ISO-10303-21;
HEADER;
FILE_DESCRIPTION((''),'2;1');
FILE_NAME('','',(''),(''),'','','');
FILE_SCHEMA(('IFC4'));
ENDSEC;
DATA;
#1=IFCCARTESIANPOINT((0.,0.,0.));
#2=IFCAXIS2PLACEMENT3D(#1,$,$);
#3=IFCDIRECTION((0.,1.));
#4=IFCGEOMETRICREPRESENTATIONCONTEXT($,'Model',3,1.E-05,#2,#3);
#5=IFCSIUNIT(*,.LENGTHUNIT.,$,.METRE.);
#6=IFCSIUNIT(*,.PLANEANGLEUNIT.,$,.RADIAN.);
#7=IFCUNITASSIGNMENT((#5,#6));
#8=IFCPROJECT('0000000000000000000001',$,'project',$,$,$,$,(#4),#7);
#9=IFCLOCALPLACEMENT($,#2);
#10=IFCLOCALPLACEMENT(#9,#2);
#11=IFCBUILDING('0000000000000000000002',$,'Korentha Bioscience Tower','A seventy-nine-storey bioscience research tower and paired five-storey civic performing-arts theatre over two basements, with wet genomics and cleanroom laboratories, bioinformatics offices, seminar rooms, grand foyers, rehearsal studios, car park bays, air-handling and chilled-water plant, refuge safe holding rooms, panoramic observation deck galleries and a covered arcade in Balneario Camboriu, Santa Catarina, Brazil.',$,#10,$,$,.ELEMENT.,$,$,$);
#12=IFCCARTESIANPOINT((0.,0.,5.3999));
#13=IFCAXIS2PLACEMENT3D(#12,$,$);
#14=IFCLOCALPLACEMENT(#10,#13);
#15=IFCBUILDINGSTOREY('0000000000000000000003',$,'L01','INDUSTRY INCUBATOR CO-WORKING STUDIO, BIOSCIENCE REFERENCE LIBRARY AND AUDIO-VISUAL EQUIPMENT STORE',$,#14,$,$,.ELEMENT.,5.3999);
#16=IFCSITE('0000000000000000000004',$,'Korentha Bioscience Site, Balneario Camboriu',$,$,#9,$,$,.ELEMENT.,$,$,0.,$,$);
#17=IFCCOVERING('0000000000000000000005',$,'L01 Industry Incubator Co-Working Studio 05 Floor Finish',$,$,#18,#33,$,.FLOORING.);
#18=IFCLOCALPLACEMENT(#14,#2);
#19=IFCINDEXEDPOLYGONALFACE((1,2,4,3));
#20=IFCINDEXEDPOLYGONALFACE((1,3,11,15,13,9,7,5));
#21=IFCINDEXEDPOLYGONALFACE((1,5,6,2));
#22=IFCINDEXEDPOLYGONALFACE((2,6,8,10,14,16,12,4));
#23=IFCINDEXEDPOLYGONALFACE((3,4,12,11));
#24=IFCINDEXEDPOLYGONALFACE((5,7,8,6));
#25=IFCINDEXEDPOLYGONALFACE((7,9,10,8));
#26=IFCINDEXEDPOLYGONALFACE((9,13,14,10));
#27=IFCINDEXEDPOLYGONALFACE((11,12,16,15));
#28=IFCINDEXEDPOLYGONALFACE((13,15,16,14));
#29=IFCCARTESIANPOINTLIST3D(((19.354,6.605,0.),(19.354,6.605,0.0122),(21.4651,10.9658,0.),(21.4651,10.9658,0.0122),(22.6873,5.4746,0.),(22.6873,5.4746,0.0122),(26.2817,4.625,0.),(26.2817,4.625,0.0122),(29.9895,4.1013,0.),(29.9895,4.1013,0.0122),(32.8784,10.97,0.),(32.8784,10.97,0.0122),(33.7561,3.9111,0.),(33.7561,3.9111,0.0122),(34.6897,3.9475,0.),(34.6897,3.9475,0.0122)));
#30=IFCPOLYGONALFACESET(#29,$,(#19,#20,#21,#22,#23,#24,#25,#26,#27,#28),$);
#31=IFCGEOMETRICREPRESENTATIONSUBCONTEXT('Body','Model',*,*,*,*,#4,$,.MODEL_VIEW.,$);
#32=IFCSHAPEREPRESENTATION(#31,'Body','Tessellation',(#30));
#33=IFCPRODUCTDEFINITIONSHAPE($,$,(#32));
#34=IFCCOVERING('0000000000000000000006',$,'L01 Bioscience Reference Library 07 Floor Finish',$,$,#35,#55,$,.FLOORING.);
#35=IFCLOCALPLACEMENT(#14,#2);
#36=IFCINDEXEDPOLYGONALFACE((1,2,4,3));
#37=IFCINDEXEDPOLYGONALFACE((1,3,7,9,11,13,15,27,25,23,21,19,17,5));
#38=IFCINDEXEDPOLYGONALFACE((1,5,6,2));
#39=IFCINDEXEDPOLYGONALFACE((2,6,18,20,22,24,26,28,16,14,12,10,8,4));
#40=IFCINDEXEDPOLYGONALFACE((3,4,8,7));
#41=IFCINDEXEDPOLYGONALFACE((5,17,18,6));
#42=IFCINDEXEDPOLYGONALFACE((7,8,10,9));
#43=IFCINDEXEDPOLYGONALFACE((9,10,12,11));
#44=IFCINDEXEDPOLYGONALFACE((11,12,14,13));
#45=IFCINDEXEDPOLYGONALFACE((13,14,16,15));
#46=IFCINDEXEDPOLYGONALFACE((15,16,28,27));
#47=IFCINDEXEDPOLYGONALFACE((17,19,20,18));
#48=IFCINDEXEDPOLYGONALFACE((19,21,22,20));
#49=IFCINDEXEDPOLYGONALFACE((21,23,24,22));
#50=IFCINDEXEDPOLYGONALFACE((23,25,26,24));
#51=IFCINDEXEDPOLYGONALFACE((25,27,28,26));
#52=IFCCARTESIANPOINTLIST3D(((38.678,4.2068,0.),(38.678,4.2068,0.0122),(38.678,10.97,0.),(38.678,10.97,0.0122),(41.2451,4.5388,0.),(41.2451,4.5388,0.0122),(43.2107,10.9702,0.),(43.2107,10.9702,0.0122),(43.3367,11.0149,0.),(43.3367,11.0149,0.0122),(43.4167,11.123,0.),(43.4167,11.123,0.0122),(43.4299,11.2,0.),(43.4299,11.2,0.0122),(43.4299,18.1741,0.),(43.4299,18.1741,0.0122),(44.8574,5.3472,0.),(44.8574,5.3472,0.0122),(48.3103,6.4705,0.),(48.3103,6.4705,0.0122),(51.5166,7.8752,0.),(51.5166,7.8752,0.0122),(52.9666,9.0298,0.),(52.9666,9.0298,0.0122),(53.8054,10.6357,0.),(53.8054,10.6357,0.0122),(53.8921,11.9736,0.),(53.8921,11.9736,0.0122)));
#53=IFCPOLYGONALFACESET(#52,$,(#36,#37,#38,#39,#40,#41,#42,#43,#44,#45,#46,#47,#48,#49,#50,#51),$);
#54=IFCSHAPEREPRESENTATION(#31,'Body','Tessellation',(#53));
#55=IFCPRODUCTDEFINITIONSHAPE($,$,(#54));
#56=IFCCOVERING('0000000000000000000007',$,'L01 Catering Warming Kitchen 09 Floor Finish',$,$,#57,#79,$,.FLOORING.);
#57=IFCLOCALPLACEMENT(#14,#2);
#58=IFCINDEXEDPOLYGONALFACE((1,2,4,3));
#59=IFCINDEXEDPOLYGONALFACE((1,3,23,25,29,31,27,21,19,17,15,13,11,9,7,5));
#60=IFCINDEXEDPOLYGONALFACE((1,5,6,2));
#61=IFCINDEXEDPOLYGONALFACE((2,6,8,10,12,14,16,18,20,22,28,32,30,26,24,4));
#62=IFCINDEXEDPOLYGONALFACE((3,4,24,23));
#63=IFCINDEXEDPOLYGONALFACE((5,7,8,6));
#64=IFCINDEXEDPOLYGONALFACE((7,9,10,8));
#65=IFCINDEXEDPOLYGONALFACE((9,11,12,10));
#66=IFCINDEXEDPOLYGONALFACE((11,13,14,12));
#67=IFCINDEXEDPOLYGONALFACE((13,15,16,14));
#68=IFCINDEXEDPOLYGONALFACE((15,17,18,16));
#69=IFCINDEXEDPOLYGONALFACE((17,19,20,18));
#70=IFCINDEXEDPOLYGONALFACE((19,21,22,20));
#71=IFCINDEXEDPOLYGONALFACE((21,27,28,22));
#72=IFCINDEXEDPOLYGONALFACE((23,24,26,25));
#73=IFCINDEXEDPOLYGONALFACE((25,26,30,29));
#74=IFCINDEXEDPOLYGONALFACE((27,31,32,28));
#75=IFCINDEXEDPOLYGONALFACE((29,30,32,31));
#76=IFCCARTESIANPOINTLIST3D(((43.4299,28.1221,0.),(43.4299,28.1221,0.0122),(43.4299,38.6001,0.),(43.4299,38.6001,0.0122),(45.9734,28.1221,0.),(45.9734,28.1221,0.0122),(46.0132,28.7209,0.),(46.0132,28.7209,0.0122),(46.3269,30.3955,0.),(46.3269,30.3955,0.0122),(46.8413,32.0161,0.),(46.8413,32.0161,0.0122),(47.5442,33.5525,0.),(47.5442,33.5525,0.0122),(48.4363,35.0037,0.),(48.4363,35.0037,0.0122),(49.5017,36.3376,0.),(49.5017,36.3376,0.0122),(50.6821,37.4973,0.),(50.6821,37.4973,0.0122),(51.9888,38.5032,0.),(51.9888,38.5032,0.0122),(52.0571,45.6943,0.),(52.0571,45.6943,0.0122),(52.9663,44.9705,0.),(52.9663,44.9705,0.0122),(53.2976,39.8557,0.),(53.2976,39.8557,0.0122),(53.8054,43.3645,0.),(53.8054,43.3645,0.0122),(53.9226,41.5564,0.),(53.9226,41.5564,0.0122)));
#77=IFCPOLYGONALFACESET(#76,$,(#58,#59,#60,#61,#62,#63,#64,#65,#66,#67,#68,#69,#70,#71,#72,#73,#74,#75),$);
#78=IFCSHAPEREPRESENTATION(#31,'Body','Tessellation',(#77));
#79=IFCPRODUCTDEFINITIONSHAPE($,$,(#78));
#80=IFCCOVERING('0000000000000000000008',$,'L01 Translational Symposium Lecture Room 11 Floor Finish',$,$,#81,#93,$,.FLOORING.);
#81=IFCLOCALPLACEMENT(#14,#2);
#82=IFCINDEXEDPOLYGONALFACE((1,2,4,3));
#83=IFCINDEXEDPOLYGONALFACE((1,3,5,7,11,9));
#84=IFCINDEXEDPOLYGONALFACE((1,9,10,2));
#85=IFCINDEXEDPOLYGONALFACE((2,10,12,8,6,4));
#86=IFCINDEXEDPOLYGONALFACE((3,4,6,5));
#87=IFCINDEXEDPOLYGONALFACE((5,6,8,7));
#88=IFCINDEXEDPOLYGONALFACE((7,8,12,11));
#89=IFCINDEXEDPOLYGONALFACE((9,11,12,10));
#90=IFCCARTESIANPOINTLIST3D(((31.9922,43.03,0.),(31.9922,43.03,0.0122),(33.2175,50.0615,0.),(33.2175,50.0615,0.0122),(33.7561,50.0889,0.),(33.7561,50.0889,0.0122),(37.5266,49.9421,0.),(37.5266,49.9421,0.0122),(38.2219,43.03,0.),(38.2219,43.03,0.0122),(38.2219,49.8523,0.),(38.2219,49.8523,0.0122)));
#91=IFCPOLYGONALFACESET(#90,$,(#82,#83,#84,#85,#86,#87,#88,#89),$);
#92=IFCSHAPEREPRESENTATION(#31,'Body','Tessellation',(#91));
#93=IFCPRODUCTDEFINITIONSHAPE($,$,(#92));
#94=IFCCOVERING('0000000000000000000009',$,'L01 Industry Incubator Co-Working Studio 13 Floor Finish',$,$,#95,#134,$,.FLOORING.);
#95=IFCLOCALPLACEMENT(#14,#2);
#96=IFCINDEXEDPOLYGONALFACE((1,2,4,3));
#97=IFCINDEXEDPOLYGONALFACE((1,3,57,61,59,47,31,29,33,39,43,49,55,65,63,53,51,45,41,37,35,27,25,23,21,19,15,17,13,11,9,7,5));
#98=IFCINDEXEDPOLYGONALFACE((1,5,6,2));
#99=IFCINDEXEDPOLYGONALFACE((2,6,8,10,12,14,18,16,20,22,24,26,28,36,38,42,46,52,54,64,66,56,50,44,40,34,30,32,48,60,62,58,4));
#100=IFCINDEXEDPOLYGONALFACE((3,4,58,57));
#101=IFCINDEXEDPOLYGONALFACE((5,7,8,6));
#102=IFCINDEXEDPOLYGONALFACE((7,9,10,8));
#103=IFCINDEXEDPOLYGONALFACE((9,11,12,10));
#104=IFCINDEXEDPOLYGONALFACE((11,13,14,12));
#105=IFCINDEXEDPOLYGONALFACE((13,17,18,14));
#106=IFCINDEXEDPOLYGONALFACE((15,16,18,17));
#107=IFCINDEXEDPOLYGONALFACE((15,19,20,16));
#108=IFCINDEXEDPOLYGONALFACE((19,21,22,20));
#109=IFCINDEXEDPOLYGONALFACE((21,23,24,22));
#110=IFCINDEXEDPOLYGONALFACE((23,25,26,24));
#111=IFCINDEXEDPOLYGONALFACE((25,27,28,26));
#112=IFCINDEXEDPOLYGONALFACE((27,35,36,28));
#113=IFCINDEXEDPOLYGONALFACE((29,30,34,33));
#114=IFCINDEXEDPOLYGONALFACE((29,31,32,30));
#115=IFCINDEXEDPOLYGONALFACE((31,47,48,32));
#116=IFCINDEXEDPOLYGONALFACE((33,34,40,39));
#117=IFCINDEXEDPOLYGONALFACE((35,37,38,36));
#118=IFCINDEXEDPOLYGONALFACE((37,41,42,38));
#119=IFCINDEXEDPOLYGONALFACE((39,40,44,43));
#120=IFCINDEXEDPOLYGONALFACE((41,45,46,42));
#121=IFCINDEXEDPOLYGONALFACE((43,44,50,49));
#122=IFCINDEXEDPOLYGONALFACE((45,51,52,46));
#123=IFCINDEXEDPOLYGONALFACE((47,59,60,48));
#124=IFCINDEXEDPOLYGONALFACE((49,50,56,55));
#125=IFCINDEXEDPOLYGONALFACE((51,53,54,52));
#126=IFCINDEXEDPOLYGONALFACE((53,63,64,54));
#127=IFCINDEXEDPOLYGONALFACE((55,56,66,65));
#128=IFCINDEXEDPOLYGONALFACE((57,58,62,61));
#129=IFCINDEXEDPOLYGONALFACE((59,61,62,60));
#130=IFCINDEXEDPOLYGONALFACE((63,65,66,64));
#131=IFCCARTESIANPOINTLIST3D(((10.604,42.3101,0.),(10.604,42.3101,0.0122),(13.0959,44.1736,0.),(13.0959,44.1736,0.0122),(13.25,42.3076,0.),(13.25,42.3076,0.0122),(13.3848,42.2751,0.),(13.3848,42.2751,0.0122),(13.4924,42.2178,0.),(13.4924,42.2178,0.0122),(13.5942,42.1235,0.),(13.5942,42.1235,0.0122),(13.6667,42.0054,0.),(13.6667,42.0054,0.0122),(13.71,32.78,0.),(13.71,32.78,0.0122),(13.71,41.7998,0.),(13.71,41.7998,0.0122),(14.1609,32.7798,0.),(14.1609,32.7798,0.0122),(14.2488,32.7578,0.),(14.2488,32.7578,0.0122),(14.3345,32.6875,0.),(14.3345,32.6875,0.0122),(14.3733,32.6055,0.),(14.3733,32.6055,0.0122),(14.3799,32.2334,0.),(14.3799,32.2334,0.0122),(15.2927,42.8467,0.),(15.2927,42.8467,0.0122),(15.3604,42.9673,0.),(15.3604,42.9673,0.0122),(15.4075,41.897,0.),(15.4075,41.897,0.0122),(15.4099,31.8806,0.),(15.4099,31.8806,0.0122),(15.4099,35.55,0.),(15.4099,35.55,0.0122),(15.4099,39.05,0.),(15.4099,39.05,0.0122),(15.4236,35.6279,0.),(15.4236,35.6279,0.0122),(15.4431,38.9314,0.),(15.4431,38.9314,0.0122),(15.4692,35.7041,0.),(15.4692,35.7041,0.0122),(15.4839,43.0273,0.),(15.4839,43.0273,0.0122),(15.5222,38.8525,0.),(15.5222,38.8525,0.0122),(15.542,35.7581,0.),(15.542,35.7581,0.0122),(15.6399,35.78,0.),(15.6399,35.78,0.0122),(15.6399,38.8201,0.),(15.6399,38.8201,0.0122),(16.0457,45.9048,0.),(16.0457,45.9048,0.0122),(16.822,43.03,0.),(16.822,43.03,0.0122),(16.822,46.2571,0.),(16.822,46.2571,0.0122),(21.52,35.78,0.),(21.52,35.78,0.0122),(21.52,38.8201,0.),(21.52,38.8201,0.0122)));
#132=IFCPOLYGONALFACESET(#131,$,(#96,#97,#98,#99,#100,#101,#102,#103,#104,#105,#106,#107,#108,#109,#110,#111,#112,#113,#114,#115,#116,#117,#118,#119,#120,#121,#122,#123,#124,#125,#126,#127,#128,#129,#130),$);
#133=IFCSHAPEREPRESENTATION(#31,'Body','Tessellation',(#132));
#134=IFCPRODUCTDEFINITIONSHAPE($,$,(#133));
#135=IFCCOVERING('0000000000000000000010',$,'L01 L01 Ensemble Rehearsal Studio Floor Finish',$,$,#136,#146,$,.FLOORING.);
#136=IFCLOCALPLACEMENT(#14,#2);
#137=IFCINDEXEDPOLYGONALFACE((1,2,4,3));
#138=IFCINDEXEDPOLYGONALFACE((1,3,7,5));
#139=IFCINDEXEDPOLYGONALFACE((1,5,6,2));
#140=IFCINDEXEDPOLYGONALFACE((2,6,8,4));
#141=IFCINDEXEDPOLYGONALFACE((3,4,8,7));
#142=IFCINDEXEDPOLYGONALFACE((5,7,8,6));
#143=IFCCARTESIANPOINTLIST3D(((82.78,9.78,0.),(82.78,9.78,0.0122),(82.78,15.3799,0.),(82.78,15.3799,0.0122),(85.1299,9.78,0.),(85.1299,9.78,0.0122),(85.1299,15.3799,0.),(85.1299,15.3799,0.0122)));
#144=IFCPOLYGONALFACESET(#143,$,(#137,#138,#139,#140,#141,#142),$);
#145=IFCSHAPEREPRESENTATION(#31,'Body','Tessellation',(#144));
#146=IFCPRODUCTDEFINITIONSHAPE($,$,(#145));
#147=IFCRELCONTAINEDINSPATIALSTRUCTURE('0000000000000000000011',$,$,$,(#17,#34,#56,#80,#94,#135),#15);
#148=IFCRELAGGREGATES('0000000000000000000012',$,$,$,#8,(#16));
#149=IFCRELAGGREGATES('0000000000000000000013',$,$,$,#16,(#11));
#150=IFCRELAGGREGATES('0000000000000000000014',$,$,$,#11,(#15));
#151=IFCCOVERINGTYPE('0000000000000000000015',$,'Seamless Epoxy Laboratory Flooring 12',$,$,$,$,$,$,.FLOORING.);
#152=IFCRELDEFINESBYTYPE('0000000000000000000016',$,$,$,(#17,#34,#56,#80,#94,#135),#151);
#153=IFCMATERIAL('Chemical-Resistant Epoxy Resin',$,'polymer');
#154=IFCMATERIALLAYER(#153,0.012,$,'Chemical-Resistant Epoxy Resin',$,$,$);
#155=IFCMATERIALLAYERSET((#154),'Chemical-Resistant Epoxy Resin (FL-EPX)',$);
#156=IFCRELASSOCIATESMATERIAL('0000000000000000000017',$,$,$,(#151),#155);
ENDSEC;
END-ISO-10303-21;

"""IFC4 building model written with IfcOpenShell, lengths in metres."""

from ifc_helpers import new_model, si_unit, direction, frame, origin, place, context, subcontext, project, spatial, polyline, outline, extrude, material, layer, layer_set, type_object, element, save


model = new_model("IFC4")

# Units and contexts
model_context = context("Model", 3, precision=1e-05, world=origin(), true_north=direction((0.0, 1.0)))
body_context = subcontext(model_context, "Body", "Model", "MODEL_VIEW")
ifc_project = project(units=[si_unit("LENGTHUNIT", "METRE"), si_unit("PLANEANGLEUNIT", "RADIAN")], contexts=[model_context])

# Site, building, storey
site_placement = place(None, origin())
site = spatial("IfcSite", under=ifc_project, at=site_placement, Name="Korentha Bioscience Site, Balneario Camboriu", CompositionType="ELEMENT", RefElevation=0.0)
building_placement = place(site_placement, origin())
building = spatial("IfcBuilding", under=site, at=building_placement, Name="Korentha Bioscience Tower", Description="A seventy-nine-storey bioscience research tower and paired five-storey civic performing-arts theatre over two basements, with wet genomics and cleanroom laboratories, bioinformatics offices, seminar rooms, grand foyers, rehearsal studios, car park bays, air-handling and chilled-water plant, refuge safe holding rooms, panoramic observation deck galleries and a covered arcade in Balneario Camboriu, Santa Catarina, Brazil.", CompositionType="ELEMENT")
storey_placement = place(building_placement, frame((0.0, 0.0, 5.3999)))
storey = spatial("IfcBuildingStorey", under=building, at=storey_placement, Name="L01", Description="INDUSTRY INCUBATOR CO-WORKING STUDIO, BIOSCIENCE REFERENCE LIBRARY AND AUDIO-VISUAL EQUIPMENT STORE", CompositionType="ELEMENT", Elevation=5.3999)

# Coverings
ifc_material_1 = material(Name="Chemical-Resistant Epoxy Resin", Category="polymer")
ifc_layer_1 = layer(ifc_material_1, 0.012, Name="Chemical-Resistant Epoxy Resin")
ifc_layer_set_1 = layer_set([ifc_layer_1], Name="Chemical-Resistant Epoxy Resin (FL-EPX)")
covering_type_1 = type_object("IfcCoveringType", Name="Seamless Epoxy Laboratory Flooring 12", PredefinedType="FLOORING", material=ifc_layer_set_1)
covering_1_placement = place(storey_placement, origin())
element("IfcCovering", 1, at=covering_1_placement, inside=storey, type_object=covering_type_1, Name="L01 Industry Incubator Co-Working Studio 05 Floor Finish", PredefinedType="FLOORING", context=body_context, shape_type="SweptSolid", body=[
    extrude(outline(polyline([(21.4651, 10.9658), (32.8784, 10.97), (34.6897, 3.9475), (33.7561, 3.9111), (29.9895, 4.1013), (26.2817, 4.625), (22.6873, 5.4746), (19.354, 6.605), (21.4651, 10.9658)])), origin(), (0.0, 0.0, 1.0), 0.0122),
])
covering_2_placement = place(storey_placement, origin())
element("IfcCovering", 2, at=covering_2_placement, inside=storey, type_object=covering_type_1, Name="L01 Bioscience Reference Library 07 Floor Finish", PredefinedType="FLOORING", context=body_context, shape_type="SweptSolid", body=[
    extrude(outline(polyline([(44.8574, 5.3472), (41.2451, 4.5388), (38.678, 4.2068), (38.678, 10.97), (43.2107, 10.9702), (43.3367, 11.0149), (43.4167, 11.123), (43.4299, 11.2), (43.4299, 18.1741), (53.8921, 11.9736), (53.8054, 10.6357), (52.9666, 9.0298), (51.5166, 7.8752), (48.3103, 6.4705), (44.8574, 5.3472)])), origin(), (0.0, 0.0, 1.0), 0.0122),
])
covering_3_placement = place(storey_placement, origin())
element("IfcCovering", 3, at=covering_3_placement, inside=storey, type_object=covering_type_1, Name="L01 Catering Warming Kitchen 09 Floor Finish", PredefinedType="FLOORING", context=body_context, shape_type="SweptSolid", body=[
    extrude(outline(polyline([(46.3269, 30.3955), (46.0132, 28.7209), (45.9734, 28.1221), (43.4299, 28.1221), (43.4299, 38.6001), (52.0571, 45.6943), (52.9663, 44.9705), (53.8054, 43.3645), (53.9226, 41.5564), (53.2976, 39.8557), (51.9888, 38.5032), (50.6821, 37.4973), (49.5017, 36.3376), (48.4363, 35.0037), (47.5442, 33.5525), (46.8413, 32.0161), (46.3269, 30.3955)])), origin(), (0.0, 0.0, 1.0), 0.0122),
])
covering_4_placement = place(storey_placement, origin())
element("IfcCovering", 4, at=covering_4_placement, inside=storey, type_object=covering_type_1, Name="L01 Translational Symposium Lecture Room 11 Floor Finish", PredefinedType="FLOORING", context=body_context, shape_type="SweptSolid", body=[
    extrude(outline(polyline([(38.2219, 49.8523), (38.2219, 43.03), (31.9922, 43.03), (33.2175, 50.0615), (33.7561, 50.0889), (37.5266, 49.9421), (38.2219, 49.8523)])), origin(), (0.0, 0.0, 1.0), 0.0122),
])
covering_5_placement = place(storey_placement, origin())
element("IfcCovering", 5, at=covering_5_placement, inside=storey, type_object=covering_type_1, Name="L01 Industry Incubator Co-Working Studio 13 Floor Finish", PredefinedType="FLOORING", context=body_context, shape_type="SweptSolid", body=[
    extrude(outline(polyline([(13.0959, 44.1736), (16.0457, 45.9048), (16.822, 46.2571), (16.822, 43.03), (15.4839, 43.0273), (15.3604, 42.9673), (15.2927, 42.8467), (15.4075, 41.897), (15.4099, 39.05), (15.4431, 38.9314), (15.5222, 38.8525), (15.6399, 38.8201), (21.52, 38.8201), (21.52, 35.78), (15.6399, 35.78), (15.542, 35.7581), (15.4692, 35.7041), (15.4236, 35.6279), (15.4099, 35.55), (15.4099, 31.8806), (14.3799, 32.2334), (14.3733, 32.6055), (14.3345, 32.6875), (14.2488, 32.7578), (14.1609, 32.7798), (13.71, 32.78), (13.71, 41.7998), (13.6667, 42.0054), (13.5942, 42.1235), (13.4924, 42.2178), (13.3848, 42.2751), (13.25, 42.3076), (10.604, 42.3101), (13.0959, 44.1736)])), origin(), (0.0, 0.0, 1.0), 0.0122),
])
covering_6_placement = place(storey_placement, origin())
element("IfcCovering", 6, at=covering_6_placement, inside=storey, type_object=covering_type_1, Name="L01 L01 Ensemble Rehearsal Studio Floor Finish", PredefinedType="FLOORING", context=body_context, shape_type="SweptSolid", body=[
    extrude(outline(polyline([(85.1299, 9.78), (82.78, 9.78), (82.78, 15.3799), (85.1299, 15.3799), (85.1299, 9.78)])), origin(), (0.0, 0.0, 1.0), 0.0122),
])

save(model, "model.ifc")
